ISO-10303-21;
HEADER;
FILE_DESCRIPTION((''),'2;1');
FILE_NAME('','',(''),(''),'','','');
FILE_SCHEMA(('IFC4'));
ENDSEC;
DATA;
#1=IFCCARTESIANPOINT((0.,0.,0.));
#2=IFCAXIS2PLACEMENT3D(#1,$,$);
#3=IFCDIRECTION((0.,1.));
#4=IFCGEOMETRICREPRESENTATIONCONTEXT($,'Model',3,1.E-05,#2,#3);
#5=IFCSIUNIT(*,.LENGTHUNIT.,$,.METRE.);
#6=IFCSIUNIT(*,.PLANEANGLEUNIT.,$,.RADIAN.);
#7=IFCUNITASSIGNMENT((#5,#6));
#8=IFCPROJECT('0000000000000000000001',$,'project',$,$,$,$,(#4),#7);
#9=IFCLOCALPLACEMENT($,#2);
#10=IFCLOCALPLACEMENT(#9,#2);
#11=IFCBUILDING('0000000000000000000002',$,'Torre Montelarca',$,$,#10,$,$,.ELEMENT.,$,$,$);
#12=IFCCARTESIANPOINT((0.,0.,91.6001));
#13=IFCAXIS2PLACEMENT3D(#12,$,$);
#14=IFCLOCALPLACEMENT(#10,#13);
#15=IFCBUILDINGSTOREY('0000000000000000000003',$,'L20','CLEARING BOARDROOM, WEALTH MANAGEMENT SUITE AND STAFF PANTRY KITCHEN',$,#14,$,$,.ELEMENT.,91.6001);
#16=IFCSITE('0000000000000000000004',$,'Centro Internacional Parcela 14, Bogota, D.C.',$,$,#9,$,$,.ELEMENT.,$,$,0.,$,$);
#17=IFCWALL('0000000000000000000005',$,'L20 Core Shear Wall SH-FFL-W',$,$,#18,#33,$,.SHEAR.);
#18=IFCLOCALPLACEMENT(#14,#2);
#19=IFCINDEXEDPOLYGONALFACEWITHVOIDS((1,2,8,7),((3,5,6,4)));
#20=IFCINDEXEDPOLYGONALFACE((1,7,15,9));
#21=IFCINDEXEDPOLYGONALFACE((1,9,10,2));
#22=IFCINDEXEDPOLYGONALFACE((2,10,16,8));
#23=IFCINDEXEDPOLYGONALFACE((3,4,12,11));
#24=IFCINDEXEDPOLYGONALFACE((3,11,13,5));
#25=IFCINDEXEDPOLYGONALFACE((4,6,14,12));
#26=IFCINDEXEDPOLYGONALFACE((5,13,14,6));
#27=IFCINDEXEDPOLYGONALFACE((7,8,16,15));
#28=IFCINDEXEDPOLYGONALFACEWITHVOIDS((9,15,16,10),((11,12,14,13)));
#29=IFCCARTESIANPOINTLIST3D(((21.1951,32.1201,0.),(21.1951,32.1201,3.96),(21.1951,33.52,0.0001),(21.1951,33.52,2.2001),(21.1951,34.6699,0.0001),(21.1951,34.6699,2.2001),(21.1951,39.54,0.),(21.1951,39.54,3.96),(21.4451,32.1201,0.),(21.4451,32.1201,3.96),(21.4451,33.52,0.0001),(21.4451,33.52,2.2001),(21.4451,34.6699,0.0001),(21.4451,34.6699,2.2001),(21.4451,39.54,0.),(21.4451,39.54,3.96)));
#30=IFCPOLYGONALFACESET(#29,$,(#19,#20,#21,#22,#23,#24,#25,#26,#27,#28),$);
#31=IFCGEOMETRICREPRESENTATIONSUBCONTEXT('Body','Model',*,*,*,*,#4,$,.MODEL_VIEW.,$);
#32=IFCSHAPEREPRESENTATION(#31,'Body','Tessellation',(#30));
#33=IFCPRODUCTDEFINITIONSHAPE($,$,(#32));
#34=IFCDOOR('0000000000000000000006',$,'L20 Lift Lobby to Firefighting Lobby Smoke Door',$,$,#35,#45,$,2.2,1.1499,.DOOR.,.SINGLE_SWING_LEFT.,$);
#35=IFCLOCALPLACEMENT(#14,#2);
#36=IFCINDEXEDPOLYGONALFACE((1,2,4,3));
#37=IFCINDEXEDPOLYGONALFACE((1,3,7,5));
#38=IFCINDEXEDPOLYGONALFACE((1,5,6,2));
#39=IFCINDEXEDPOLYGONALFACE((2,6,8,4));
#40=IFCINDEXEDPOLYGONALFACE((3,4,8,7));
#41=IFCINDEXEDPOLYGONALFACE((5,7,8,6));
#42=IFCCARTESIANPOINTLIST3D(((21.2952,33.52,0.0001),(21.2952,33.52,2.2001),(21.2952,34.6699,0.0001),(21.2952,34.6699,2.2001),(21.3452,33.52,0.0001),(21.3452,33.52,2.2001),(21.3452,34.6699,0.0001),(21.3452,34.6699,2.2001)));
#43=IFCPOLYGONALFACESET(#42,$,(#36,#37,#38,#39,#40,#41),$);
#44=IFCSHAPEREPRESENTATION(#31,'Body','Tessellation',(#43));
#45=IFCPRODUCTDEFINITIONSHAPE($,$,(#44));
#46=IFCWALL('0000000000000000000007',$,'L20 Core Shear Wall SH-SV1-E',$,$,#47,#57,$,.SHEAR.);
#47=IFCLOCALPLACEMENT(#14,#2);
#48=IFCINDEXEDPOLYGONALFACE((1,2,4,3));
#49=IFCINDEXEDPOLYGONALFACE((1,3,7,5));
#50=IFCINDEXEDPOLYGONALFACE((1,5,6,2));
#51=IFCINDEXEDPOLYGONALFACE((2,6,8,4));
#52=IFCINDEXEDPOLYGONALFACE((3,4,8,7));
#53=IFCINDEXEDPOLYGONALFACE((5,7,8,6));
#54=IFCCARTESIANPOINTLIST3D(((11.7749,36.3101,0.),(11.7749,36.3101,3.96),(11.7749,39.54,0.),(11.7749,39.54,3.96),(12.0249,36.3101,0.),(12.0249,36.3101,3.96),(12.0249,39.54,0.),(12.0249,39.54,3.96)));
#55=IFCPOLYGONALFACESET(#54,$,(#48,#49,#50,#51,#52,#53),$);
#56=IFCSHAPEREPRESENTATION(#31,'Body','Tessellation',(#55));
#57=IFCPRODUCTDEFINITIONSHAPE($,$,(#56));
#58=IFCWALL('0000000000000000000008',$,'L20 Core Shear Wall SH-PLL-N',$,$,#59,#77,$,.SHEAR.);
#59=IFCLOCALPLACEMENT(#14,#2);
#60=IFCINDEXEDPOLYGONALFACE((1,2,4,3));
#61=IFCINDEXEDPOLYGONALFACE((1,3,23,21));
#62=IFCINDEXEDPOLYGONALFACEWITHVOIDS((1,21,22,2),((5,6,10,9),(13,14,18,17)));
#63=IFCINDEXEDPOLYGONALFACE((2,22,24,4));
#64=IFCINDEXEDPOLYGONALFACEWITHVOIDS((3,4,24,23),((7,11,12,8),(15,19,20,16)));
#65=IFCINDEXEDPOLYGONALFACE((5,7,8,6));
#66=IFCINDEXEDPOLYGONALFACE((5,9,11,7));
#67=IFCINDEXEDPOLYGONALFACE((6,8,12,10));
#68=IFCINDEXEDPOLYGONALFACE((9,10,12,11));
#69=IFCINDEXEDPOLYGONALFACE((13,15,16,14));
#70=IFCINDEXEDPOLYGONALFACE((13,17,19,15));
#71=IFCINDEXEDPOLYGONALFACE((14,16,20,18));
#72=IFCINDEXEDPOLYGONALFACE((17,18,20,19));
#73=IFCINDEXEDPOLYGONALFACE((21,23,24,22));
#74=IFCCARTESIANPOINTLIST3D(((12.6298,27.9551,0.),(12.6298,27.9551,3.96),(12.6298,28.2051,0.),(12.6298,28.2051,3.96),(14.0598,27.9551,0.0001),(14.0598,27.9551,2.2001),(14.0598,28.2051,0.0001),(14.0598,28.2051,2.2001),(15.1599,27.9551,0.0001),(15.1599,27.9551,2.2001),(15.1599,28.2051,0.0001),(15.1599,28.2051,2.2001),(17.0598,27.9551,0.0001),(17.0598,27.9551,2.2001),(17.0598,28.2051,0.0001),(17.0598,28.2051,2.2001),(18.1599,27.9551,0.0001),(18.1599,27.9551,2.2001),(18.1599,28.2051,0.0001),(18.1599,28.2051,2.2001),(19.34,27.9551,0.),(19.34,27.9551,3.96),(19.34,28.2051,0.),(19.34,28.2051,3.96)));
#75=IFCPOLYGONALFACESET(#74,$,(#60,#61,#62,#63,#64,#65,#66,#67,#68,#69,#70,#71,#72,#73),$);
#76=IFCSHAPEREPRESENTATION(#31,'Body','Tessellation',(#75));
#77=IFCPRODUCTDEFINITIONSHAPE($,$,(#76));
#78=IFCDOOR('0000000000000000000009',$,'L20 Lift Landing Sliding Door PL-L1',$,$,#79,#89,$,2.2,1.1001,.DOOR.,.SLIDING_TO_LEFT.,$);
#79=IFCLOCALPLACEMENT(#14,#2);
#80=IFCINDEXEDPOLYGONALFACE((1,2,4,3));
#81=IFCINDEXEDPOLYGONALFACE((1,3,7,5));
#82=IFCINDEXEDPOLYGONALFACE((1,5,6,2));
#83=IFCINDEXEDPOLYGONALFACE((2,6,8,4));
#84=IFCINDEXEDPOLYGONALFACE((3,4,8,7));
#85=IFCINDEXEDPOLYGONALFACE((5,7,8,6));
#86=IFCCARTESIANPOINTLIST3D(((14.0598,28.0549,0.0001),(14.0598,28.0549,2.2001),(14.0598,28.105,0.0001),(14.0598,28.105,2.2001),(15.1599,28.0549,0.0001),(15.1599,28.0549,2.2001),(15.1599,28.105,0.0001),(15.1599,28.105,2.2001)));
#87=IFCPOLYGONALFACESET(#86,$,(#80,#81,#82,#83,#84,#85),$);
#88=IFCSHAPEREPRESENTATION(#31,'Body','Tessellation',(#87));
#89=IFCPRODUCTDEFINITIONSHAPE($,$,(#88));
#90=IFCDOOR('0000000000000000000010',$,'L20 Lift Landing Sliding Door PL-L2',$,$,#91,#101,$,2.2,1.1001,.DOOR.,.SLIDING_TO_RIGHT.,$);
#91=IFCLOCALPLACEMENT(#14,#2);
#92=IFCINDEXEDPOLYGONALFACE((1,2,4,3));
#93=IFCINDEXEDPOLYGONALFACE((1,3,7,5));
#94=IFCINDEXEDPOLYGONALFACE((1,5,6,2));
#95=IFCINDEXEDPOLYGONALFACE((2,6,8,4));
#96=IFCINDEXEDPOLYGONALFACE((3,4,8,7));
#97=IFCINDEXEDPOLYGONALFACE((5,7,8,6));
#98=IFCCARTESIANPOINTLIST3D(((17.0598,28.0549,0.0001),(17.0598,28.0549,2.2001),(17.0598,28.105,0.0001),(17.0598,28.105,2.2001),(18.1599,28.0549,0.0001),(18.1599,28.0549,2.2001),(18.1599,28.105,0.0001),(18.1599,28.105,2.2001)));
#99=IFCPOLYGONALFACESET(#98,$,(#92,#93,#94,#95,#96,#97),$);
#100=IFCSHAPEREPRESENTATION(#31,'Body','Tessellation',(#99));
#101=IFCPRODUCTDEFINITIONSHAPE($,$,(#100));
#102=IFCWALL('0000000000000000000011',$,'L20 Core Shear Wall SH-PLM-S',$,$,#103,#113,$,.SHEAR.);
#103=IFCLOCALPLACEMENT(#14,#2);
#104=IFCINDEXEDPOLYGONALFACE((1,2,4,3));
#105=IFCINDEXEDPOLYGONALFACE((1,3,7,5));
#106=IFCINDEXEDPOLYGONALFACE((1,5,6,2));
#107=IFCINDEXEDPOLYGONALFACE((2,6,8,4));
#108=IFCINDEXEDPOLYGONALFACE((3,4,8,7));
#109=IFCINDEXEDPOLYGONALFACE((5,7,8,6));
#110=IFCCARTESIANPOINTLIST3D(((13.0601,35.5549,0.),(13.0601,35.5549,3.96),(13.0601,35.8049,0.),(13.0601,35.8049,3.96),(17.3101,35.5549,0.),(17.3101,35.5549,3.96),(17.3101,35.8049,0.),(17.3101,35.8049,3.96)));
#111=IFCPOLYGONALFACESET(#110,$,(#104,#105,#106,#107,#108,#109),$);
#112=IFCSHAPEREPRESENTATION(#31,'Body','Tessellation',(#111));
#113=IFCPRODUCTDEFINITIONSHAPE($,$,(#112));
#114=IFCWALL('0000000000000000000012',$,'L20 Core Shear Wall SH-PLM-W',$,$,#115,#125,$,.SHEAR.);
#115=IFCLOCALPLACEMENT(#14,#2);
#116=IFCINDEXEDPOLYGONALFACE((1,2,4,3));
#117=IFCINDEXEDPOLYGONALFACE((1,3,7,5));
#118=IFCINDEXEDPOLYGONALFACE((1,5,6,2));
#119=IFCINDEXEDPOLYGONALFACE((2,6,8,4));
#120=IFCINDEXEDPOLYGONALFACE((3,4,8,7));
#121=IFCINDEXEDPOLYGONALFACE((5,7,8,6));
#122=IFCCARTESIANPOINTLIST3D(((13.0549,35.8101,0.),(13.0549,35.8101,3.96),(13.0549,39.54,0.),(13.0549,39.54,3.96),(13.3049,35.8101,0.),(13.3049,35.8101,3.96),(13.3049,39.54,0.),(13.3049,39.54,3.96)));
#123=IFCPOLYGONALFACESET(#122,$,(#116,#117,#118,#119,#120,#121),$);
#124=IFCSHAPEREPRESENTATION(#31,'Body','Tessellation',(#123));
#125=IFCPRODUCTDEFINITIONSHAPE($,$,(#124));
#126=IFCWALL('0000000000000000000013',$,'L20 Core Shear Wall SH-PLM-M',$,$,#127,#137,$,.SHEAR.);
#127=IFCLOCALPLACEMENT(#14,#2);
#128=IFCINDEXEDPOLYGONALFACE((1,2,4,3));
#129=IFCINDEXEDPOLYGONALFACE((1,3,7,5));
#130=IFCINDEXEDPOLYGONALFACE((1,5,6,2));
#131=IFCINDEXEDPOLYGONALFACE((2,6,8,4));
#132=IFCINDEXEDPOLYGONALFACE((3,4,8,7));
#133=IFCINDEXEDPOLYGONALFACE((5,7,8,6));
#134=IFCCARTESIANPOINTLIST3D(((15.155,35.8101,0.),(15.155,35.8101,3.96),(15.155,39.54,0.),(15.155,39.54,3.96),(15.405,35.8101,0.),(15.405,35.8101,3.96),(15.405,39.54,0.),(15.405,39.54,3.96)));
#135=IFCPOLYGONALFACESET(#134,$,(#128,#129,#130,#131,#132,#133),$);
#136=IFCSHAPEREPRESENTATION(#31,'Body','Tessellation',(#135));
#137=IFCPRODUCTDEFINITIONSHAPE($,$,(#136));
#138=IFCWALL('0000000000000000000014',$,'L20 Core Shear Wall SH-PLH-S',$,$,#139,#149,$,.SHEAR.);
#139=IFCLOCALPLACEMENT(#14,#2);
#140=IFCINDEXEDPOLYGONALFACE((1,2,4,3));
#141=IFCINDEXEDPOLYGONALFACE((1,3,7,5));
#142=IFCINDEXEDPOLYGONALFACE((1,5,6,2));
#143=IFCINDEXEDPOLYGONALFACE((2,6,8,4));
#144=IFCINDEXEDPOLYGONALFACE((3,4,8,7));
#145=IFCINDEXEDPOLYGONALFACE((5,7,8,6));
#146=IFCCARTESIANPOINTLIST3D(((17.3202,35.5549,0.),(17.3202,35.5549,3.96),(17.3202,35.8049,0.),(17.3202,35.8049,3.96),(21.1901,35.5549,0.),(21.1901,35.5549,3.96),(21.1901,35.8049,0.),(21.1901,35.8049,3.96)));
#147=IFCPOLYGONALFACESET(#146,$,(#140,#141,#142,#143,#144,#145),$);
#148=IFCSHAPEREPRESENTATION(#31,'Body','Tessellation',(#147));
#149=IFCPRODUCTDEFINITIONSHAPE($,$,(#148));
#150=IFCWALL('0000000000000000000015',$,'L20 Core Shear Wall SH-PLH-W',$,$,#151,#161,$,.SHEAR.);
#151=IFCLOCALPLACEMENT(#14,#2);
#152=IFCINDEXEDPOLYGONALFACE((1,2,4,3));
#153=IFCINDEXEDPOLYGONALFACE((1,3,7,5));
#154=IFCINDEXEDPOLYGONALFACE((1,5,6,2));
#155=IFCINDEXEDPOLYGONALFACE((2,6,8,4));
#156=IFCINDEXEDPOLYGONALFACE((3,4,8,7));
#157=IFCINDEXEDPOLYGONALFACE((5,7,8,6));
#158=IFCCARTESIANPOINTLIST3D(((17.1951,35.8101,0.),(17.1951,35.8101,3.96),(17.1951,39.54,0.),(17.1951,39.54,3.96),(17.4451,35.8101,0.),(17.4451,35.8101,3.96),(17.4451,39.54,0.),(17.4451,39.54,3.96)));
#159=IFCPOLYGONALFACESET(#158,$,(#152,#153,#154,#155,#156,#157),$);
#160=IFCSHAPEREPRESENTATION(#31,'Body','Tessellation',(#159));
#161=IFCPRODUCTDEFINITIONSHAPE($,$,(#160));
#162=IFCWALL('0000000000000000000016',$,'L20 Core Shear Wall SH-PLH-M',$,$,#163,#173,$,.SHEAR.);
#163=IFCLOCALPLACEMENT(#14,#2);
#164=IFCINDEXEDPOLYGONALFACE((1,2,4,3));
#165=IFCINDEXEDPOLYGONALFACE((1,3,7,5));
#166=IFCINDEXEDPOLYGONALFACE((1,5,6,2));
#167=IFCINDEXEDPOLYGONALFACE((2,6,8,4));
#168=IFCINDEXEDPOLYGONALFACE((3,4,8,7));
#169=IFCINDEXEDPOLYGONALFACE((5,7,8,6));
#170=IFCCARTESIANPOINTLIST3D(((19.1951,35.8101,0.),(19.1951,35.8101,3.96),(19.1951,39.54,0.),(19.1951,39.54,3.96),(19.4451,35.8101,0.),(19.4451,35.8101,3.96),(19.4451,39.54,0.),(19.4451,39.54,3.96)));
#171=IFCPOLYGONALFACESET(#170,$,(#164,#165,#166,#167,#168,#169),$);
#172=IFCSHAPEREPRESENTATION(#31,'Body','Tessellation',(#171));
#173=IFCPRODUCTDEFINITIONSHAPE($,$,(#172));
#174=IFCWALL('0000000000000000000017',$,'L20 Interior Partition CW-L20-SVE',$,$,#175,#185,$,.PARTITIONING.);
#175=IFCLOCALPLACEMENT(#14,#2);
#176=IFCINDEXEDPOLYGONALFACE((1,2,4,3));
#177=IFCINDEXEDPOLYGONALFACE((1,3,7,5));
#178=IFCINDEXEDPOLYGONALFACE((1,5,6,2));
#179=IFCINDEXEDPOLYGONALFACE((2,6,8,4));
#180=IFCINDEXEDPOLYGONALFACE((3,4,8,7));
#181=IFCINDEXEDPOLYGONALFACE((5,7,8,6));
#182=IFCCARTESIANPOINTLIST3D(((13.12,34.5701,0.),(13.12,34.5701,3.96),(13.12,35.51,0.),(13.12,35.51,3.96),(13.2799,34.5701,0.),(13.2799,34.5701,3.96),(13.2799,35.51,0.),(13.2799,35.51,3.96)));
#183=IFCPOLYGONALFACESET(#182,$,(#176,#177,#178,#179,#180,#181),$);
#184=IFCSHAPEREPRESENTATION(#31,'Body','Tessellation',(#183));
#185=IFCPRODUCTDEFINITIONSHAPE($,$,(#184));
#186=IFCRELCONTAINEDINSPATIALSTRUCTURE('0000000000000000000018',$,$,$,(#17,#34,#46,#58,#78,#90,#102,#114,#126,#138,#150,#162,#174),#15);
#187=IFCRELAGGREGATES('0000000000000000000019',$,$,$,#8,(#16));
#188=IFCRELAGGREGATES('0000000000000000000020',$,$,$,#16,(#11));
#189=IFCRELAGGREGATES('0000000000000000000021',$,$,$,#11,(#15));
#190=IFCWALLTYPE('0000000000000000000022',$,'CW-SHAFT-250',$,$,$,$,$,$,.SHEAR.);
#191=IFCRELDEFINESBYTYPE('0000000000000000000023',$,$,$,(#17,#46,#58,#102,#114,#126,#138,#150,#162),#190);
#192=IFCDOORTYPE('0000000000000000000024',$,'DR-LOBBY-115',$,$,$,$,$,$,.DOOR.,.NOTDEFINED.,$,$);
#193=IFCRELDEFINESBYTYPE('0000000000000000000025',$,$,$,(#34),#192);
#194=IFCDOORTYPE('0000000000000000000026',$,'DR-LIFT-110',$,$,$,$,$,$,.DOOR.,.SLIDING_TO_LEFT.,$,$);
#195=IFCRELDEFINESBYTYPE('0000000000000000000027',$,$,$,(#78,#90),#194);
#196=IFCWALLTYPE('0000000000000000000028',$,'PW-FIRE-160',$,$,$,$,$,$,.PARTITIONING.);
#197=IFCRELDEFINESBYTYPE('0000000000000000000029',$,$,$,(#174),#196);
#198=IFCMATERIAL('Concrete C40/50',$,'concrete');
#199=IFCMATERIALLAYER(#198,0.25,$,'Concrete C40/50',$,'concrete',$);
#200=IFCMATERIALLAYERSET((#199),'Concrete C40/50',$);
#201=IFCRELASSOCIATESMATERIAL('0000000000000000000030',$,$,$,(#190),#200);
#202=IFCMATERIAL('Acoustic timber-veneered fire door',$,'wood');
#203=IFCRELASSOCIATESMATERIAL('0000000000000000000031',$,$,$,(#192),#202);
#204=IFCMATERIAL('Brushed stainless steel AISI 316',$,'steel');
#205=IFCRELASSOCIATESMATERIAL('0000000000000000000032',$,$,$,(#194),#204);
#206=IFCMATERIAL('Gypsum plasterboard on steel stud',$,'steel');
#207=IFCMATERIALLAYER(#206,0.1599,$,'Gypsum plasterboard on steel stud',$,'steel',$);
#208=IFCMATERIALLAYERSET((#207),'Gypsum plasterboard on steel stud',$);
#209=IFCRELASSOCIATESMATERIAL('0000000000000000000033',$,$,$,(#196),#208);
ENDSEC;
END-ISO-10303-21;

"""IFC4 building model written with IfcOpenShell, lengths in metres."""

from ifc_helpers import new_model, si_unit, direction, frame, frame_2d, origin, place, context, subcontext, project, spatial, rectangle, extrude, source, transform, mapped, material, layer, layer_set, type_object, element, fill, save


model = new_model("IFC4")

# Units and contexts
model_context = context("Model", 3, precision=1e-05, world=origin(), true_north=direction((0.0, 1.0)))
body_context = subcontext(model_context, "Body", "Model", "MODEL_VIEW")
ifc_project = project(units=[si_unit("LENGTHUNIT", "METRE"), si_unit("PLANEANGLEUNIT", "RADIAN")], contexts=[model_context])

# Site, building, storey
site_placement = place(None, origin())
site = spatial("IfcSite", under=ifc_project, at=site_placement, Name="Centro Internacional Parcela 14, Bogota, D.C.", CompositionType="ELEMENT", RefElevation=0.0)
building_placement = place(site_placement, origin())
building = spatial("IfcBuilding", under=site, at=building_placement, Name="Torre Montelarca", CompositionType="ELEMENT")
storey_placement = place(building_placement, frame((0.0, 0.0, 91.6001)))
storey = spatial("IfcBuildingStorey", under=building, at=storey_placement, Name="L20", Description="CLEARING BOARDROOM, WEALTH MANAGEMENT SUITE AND STAFF PANTRY KITCHEN", CompositionType="ELEMENT", Elevation=91.6001)

# Wall, opening, door
ifc_material_1 = material(Name="Concrete C40/50", Category="concrete")
ifc_layer_1 = layer(ifc_material_1, 0.25, Name="Concrete C40/50", Category="concrete")
ifc_layer_set_1 = layer_set([ifc_layer_1], Name="Concrete C40/50")
wall_type_1 = type_object("IfcWallType", Name="CW-SHAFT-250", PredefinedType="SHEAR", material=ifc_layer_set_1)
wall_1_placement = place(storey_placement, frame((21.3201, 32.1201, 0.0), z_axis=(0.0, 0.0, 1.0), x_axis=(0.0, 1.0, 0.0)))
wall_1 = element("IfcWall", 1, at=wall_1_placement, inside=storey, type_object=wall_type_1, Name="L20 Core Shear Wall SH-FFL-W", PredefinedType="SHEAR", context=body_context, shape_type="SweptSolid", body=[
    extrude(rectangle(XDim=7.4199, YDim=0.25, at=frame_2d((3.71, 0.0))), origin(), (0.0, 0.0, 1.0), 3.96),
])
opening_1_placement = place(wall_1_placement, frame((1.3999, 0.0, 0.0)))
opening_1 = element("IfcOpeningElement", 2, at=opening_1_placement, cuts=wall_1, PredefinedType="OPENING", context=body_context, shape_type="SweptSolid", body=[
    extrude(rectangle(XDim=1.1499, YDim=2.2, at=frame_2d((0.575, 1.1001))), frame((0.0, 0.135, 0.0), z_axis=(0.0, -1.0, 0.0), x_axis=(1.0, 0.0, 0.0)), (0.0, 0.0, 1.0), 0.27),
])
ifc_material_2 = material(Name="Acoustic timber-veneered fire door", Category="wood")
door_type_1 = type_object("IfcDoorType", Name="DR-LOBBY-115", OperationType="NOTDEFINED", PredefinedType="DOOR", material=ifc_material_2)
shared_shape_1 = source(origin(), body_context, "Body", "SweptSolid", [
    extrude(rectangle(XDim=1.1499, YDim=2.2, at=frame_2d((0.575, 1.1001))), frame((0.0, 0.0249, 0.0), z_axis=(0.0, -1.0, 0.0), x_axis=(1.0, 0.0, 0.0)), (0.0, 0.0, 1.0), 0.05),
])
door_1_placement = place(opening_1_placement, origin())
door_1 = element("IfcDoor", 3, at=door_1_placement, inside=storey, type_object=door_type_1, Name="L20 Lift Lobby to Firefighting Lobby Smoke Door", OperationType="SINGLE_SWING_LEFT", OverallHeight=2.2, OverallWidth=1.1499, PredefinedType="DOOR", context=body_context, shape_type="MappedRepresentation", body=[
    mapped(shared_shape_1, transform((0.0, 0.0, 0.0), scale=1.0)),
])
fill(opening_1, door_1)

# Wall
wall_2_placement = place(storey_placement, frame((11.8999, 36.3101, 0.0), z_axis=(0.0, 0.0, 1.0), x_axis=(0.0, 1.0, 0.0)))
element("IfcWall", 4, at=wall_2_placement, inside=storey, type_object=wall_type_1, Name="L20 Core Shear Wall SH-SV1-E", PredefinedType="SHEAR", context=body_context, shape_type="SweptSolid", body=[
    extrude(rectangle(XDim=3.23, YDim=0.25, at=frame_2d((1.615, 0.0))), origin(), (0.0, 0.0, 1.0), 3.96),
])

# Wall, openings, doors
wall_3_placement = place(storey_placement, frame((12.6299, 28.0801, 0.0), z_axis=(0.0, 0.0, 1.0), x_axis=(1.0, 0.0, 0.0)))
wall_3 = element("IfcWall", 5, at=wall_3_placement, inside=storey, type_object=wall_type_1, Name="L20 Core Shear Wall SH-PLL-N", PredefinedType="SHEAR", context=body_context, shape_type="SweptSolid", body=[
    extrude(rectangle(XDim=6.7102, YDim=0.25, at=frame_2d((3.355, 0.0))), origin(), (0.0, 0.0, 1.0), 3.96),
])
opening_2_placement = place(wall_3_placement, frame((1.4299, 0.0, 0.0)))
opening_2 = element("IfcOpeningElement", 6, at=opening_2_placement, cuts=wall_3, PredefinedType="OPENING", context=body_context, shape_type="SweptSolid", body=[
    extrude(rectangle(XDim=1.1001, YDim=2.2, at=frame_2d((0.55, 1.1001))), frame((0.0, 0.135, 0.0), z_axis=(0.0, -1.0, 0.0), x_axis=(1.0, 0.0, 0.0)), (0.0, 0.0, 1.0), 0.27),
])
opening_3_placement = place(wall_3_placement, frame((4.4299, 0.0, 0.0)))
opening_3 = element("IfcOpeningElement", 7, at=opening_3_placement, cuts=wall_3, PredefinedType="OPENING", context=body_context, shape_type="SweptSolid", body=[
    extrude(rectangle(XDim=1.1001, YDim=2.2, at=frame_2d((0.55, 1.1001))), frame((0.0, 0.135, 0.0), z_axis=(0.0, -1.0, 0.0), x_axis=(1.0, 0.0, 0.0)), (0.0, 0.0, 1.0), 0.27),
])
ifc_material_3 = material(Name="Brushed stainless steel AISI 316", Category="steel")
door_type_2 = type_object("IfcDoorType", Name="DR-LIFT-110", OperationType="SLIDING_TO_LEFT", PredefinedType="DOOR", material=ifc_material_3)
shared_shape_2 = source(origin(), body_context, "Body", "SweptSolid", [
    extrude(rectangle(XDim=1.1001, YDim=2.2, at=frame_2d((0.55, 1.1001))), frame((0.0, 0.0249, 0.0), z_axis=(0.0, -1.0, 0.0), x_axis=(1.0, 0.0, 0.0)), (0.0, 0.0, 1.0), 0.05),
])
door_2_placement = place(opening_2_placement, origin())
door_2 = element("IfcDoor", 8, at=door_2_placement, inside=storey, type_object=door_type_2, Name="L20 Lift Landing Sliding Door PL-L1", OperationType="SLIDING_TO_LEFT", OverallHeight=2.2, OverallWidth=1.1001, PredefinedType="DOOR", context=body_context, shape_type="MappedRepresentation", body=[
    mapped(shared_shape_2, transform((0.0, 0.0, 0.0), scale=1.0)),
])
fill(opening_2, door_2)
door_3_placement = place(opening_3_placement, origin())
door_3 = element("IfcDoor", 9, at=door_3_placement, inside=storey, type_object=door_type_2, Name="L20 Lift Landing Sliding Door PL-L2", OperationType="SLIDING_TO_RIGHT", OverallHeight=2.2, OverallWidth=1.1001, PredefinedType="DOOR", context=body_context, shape_type="MappedRepresentation", body=[
    mapped(shared_shape_2, transform((0.0, 0.0, 0.0), scale=1.0)),
])
fill(opening_3, door_3)

# Walls
wall_4_placement = place(storey_placement, frame((13.0601, 35.6799, 0.0), z_axis=(0.0, 0.0, 1.0), x_axis=(1.0, 0.0, 0.0)))
element("IfcWall", 10, at=wall_4_placement, inside=storey, type_object=wall_type_1, Name="L20 Core Shear Wall SH-PLM-S", PredefinedType="SHEAR", context=body_context, shape_type="SweptSolid", body=[
    extrude(rectangle(XDim=4.25, YDim=0.25, at=frame_2d((2.125, 0.0))), origin(), (0.0, 0.0, 1.0), 3.96),
])
for number, where, z_axis, x_axis, name in (
    (11, (13.1799, 35.8101, 0.0), (0.0, 0.0, 1.0), (0.0, 1.0, 0.0), "L20 Core Shear Wall SH-PLM-W"),
    (12, (15.28, 35.8101, 0.0), (0.0, 0.0, 1.0), (0.0, 1.0, 0.0), "L20 Core Shear Wall SH-PLM-M"),
):
    element("IfcWall", number, at=place(storey_placement, frame(where, z_axis=z_axis, x_axis=x_axis)), inside=storey, type_object=wall_type_1, Name=name, PredefinedType="SHEAR", context=body_context, shape_type="SweptSolid", body=[
        extrude(rectangle(XDim=3.73, YDim=0.25, at=frame_2d((1.865, 0.0))), origin(), (0.0, 0.0, 1.0), 3.96),
    ])
wall_5_placement = place(storey_placement, frame((17.3201, 35.6799, 0.0), z_axis=(0.0, 0.0, 1.0), x_axis=(1.0, 0.0, 0.0)))
element("IfcWall", 13, at=wall_5_placement, inside=storey, type_object=wall_type_1, Name="L20 Core Shear Wall SH-PLH-S", PredefinedType="SHEAR", context=body_context, shape_type="SweptSolid", body=[
    extrude(rectangle(XDim=3.8699, YDim=0.25, at=frame_2d((1.9351, 0.0))), origin(), (0.0, 0.0, 1.0), 3.96),
])
for number, where, z_axis, x_axis, name in (
    (14, (17.3201, 35.8101, 0.0), (0.0, 0.0, 1.0), (0.0, 1.0, 0.0), "L20 Core Shear Wall SH-PLH-W"),
    (15, (19.3201, 35.8101, 0.0), (0.0, 0.0, 1.0), (0.0, 1.0, 0.0), "L20 Core Shear Wall SH-PLH-M"),
):
    element("IfcWall", number, at=place(storey_placement, frame(where, z_axis=z_axis, x_axis=x_axis)), inside=storey, type_object=wall_type_1, Name=name, PredefinedType="SHEAR", context=body_context, shape_type="SweptSolid", body=[
        extrude(rectangle(XDim=3.73, YDim=0.25, at=frame_2d((1.865, 0.0))), origin(), (0.0, 0.0, 1.0), 3.96),
    ])

# Shared definitions
ifc_material_4 = material(Name="Gypsum plasterboard on steel stud", Category="steel")
ifc_layer_2 = layer(ifc_material_4, 0.1599, Name="Gypsum plasterboard on steel stud", Category="steel")
ifc_layer_set_2 = layer_set([ifc_layer_2], Name="Gypsum plasterboard on steel stud")
wall_type_2 = type_object("IfcWallType", Name="PW-FIRE-160", PredefinedType="PARTITIONING", material=ifc_layer_set_2)

# Wall
wall_6_placement = place(storey_placement, frame((13.2, 34.5701, 0.0), z_axis=(0.0, 0.0, 1.0), x_axis=(0.0, 1.0, 0.0)))
element("IfcWall", 16, at=wall_6_placement, inside=storey, type_object=wall_type_2, Name="L20 Interior Partition CW-L20-SVE", PredefinedType="PARTITIONING", context=body_context, shape_type="SweptSolid", body=[
    extrude(rectangle(XDim=0.9399, YDim=0.1599, at=frame_2d((0.47, 0.0))), origin(), (0.0, 0.0, 1.0), 3.96),
])

save(model, "model.ifc")
